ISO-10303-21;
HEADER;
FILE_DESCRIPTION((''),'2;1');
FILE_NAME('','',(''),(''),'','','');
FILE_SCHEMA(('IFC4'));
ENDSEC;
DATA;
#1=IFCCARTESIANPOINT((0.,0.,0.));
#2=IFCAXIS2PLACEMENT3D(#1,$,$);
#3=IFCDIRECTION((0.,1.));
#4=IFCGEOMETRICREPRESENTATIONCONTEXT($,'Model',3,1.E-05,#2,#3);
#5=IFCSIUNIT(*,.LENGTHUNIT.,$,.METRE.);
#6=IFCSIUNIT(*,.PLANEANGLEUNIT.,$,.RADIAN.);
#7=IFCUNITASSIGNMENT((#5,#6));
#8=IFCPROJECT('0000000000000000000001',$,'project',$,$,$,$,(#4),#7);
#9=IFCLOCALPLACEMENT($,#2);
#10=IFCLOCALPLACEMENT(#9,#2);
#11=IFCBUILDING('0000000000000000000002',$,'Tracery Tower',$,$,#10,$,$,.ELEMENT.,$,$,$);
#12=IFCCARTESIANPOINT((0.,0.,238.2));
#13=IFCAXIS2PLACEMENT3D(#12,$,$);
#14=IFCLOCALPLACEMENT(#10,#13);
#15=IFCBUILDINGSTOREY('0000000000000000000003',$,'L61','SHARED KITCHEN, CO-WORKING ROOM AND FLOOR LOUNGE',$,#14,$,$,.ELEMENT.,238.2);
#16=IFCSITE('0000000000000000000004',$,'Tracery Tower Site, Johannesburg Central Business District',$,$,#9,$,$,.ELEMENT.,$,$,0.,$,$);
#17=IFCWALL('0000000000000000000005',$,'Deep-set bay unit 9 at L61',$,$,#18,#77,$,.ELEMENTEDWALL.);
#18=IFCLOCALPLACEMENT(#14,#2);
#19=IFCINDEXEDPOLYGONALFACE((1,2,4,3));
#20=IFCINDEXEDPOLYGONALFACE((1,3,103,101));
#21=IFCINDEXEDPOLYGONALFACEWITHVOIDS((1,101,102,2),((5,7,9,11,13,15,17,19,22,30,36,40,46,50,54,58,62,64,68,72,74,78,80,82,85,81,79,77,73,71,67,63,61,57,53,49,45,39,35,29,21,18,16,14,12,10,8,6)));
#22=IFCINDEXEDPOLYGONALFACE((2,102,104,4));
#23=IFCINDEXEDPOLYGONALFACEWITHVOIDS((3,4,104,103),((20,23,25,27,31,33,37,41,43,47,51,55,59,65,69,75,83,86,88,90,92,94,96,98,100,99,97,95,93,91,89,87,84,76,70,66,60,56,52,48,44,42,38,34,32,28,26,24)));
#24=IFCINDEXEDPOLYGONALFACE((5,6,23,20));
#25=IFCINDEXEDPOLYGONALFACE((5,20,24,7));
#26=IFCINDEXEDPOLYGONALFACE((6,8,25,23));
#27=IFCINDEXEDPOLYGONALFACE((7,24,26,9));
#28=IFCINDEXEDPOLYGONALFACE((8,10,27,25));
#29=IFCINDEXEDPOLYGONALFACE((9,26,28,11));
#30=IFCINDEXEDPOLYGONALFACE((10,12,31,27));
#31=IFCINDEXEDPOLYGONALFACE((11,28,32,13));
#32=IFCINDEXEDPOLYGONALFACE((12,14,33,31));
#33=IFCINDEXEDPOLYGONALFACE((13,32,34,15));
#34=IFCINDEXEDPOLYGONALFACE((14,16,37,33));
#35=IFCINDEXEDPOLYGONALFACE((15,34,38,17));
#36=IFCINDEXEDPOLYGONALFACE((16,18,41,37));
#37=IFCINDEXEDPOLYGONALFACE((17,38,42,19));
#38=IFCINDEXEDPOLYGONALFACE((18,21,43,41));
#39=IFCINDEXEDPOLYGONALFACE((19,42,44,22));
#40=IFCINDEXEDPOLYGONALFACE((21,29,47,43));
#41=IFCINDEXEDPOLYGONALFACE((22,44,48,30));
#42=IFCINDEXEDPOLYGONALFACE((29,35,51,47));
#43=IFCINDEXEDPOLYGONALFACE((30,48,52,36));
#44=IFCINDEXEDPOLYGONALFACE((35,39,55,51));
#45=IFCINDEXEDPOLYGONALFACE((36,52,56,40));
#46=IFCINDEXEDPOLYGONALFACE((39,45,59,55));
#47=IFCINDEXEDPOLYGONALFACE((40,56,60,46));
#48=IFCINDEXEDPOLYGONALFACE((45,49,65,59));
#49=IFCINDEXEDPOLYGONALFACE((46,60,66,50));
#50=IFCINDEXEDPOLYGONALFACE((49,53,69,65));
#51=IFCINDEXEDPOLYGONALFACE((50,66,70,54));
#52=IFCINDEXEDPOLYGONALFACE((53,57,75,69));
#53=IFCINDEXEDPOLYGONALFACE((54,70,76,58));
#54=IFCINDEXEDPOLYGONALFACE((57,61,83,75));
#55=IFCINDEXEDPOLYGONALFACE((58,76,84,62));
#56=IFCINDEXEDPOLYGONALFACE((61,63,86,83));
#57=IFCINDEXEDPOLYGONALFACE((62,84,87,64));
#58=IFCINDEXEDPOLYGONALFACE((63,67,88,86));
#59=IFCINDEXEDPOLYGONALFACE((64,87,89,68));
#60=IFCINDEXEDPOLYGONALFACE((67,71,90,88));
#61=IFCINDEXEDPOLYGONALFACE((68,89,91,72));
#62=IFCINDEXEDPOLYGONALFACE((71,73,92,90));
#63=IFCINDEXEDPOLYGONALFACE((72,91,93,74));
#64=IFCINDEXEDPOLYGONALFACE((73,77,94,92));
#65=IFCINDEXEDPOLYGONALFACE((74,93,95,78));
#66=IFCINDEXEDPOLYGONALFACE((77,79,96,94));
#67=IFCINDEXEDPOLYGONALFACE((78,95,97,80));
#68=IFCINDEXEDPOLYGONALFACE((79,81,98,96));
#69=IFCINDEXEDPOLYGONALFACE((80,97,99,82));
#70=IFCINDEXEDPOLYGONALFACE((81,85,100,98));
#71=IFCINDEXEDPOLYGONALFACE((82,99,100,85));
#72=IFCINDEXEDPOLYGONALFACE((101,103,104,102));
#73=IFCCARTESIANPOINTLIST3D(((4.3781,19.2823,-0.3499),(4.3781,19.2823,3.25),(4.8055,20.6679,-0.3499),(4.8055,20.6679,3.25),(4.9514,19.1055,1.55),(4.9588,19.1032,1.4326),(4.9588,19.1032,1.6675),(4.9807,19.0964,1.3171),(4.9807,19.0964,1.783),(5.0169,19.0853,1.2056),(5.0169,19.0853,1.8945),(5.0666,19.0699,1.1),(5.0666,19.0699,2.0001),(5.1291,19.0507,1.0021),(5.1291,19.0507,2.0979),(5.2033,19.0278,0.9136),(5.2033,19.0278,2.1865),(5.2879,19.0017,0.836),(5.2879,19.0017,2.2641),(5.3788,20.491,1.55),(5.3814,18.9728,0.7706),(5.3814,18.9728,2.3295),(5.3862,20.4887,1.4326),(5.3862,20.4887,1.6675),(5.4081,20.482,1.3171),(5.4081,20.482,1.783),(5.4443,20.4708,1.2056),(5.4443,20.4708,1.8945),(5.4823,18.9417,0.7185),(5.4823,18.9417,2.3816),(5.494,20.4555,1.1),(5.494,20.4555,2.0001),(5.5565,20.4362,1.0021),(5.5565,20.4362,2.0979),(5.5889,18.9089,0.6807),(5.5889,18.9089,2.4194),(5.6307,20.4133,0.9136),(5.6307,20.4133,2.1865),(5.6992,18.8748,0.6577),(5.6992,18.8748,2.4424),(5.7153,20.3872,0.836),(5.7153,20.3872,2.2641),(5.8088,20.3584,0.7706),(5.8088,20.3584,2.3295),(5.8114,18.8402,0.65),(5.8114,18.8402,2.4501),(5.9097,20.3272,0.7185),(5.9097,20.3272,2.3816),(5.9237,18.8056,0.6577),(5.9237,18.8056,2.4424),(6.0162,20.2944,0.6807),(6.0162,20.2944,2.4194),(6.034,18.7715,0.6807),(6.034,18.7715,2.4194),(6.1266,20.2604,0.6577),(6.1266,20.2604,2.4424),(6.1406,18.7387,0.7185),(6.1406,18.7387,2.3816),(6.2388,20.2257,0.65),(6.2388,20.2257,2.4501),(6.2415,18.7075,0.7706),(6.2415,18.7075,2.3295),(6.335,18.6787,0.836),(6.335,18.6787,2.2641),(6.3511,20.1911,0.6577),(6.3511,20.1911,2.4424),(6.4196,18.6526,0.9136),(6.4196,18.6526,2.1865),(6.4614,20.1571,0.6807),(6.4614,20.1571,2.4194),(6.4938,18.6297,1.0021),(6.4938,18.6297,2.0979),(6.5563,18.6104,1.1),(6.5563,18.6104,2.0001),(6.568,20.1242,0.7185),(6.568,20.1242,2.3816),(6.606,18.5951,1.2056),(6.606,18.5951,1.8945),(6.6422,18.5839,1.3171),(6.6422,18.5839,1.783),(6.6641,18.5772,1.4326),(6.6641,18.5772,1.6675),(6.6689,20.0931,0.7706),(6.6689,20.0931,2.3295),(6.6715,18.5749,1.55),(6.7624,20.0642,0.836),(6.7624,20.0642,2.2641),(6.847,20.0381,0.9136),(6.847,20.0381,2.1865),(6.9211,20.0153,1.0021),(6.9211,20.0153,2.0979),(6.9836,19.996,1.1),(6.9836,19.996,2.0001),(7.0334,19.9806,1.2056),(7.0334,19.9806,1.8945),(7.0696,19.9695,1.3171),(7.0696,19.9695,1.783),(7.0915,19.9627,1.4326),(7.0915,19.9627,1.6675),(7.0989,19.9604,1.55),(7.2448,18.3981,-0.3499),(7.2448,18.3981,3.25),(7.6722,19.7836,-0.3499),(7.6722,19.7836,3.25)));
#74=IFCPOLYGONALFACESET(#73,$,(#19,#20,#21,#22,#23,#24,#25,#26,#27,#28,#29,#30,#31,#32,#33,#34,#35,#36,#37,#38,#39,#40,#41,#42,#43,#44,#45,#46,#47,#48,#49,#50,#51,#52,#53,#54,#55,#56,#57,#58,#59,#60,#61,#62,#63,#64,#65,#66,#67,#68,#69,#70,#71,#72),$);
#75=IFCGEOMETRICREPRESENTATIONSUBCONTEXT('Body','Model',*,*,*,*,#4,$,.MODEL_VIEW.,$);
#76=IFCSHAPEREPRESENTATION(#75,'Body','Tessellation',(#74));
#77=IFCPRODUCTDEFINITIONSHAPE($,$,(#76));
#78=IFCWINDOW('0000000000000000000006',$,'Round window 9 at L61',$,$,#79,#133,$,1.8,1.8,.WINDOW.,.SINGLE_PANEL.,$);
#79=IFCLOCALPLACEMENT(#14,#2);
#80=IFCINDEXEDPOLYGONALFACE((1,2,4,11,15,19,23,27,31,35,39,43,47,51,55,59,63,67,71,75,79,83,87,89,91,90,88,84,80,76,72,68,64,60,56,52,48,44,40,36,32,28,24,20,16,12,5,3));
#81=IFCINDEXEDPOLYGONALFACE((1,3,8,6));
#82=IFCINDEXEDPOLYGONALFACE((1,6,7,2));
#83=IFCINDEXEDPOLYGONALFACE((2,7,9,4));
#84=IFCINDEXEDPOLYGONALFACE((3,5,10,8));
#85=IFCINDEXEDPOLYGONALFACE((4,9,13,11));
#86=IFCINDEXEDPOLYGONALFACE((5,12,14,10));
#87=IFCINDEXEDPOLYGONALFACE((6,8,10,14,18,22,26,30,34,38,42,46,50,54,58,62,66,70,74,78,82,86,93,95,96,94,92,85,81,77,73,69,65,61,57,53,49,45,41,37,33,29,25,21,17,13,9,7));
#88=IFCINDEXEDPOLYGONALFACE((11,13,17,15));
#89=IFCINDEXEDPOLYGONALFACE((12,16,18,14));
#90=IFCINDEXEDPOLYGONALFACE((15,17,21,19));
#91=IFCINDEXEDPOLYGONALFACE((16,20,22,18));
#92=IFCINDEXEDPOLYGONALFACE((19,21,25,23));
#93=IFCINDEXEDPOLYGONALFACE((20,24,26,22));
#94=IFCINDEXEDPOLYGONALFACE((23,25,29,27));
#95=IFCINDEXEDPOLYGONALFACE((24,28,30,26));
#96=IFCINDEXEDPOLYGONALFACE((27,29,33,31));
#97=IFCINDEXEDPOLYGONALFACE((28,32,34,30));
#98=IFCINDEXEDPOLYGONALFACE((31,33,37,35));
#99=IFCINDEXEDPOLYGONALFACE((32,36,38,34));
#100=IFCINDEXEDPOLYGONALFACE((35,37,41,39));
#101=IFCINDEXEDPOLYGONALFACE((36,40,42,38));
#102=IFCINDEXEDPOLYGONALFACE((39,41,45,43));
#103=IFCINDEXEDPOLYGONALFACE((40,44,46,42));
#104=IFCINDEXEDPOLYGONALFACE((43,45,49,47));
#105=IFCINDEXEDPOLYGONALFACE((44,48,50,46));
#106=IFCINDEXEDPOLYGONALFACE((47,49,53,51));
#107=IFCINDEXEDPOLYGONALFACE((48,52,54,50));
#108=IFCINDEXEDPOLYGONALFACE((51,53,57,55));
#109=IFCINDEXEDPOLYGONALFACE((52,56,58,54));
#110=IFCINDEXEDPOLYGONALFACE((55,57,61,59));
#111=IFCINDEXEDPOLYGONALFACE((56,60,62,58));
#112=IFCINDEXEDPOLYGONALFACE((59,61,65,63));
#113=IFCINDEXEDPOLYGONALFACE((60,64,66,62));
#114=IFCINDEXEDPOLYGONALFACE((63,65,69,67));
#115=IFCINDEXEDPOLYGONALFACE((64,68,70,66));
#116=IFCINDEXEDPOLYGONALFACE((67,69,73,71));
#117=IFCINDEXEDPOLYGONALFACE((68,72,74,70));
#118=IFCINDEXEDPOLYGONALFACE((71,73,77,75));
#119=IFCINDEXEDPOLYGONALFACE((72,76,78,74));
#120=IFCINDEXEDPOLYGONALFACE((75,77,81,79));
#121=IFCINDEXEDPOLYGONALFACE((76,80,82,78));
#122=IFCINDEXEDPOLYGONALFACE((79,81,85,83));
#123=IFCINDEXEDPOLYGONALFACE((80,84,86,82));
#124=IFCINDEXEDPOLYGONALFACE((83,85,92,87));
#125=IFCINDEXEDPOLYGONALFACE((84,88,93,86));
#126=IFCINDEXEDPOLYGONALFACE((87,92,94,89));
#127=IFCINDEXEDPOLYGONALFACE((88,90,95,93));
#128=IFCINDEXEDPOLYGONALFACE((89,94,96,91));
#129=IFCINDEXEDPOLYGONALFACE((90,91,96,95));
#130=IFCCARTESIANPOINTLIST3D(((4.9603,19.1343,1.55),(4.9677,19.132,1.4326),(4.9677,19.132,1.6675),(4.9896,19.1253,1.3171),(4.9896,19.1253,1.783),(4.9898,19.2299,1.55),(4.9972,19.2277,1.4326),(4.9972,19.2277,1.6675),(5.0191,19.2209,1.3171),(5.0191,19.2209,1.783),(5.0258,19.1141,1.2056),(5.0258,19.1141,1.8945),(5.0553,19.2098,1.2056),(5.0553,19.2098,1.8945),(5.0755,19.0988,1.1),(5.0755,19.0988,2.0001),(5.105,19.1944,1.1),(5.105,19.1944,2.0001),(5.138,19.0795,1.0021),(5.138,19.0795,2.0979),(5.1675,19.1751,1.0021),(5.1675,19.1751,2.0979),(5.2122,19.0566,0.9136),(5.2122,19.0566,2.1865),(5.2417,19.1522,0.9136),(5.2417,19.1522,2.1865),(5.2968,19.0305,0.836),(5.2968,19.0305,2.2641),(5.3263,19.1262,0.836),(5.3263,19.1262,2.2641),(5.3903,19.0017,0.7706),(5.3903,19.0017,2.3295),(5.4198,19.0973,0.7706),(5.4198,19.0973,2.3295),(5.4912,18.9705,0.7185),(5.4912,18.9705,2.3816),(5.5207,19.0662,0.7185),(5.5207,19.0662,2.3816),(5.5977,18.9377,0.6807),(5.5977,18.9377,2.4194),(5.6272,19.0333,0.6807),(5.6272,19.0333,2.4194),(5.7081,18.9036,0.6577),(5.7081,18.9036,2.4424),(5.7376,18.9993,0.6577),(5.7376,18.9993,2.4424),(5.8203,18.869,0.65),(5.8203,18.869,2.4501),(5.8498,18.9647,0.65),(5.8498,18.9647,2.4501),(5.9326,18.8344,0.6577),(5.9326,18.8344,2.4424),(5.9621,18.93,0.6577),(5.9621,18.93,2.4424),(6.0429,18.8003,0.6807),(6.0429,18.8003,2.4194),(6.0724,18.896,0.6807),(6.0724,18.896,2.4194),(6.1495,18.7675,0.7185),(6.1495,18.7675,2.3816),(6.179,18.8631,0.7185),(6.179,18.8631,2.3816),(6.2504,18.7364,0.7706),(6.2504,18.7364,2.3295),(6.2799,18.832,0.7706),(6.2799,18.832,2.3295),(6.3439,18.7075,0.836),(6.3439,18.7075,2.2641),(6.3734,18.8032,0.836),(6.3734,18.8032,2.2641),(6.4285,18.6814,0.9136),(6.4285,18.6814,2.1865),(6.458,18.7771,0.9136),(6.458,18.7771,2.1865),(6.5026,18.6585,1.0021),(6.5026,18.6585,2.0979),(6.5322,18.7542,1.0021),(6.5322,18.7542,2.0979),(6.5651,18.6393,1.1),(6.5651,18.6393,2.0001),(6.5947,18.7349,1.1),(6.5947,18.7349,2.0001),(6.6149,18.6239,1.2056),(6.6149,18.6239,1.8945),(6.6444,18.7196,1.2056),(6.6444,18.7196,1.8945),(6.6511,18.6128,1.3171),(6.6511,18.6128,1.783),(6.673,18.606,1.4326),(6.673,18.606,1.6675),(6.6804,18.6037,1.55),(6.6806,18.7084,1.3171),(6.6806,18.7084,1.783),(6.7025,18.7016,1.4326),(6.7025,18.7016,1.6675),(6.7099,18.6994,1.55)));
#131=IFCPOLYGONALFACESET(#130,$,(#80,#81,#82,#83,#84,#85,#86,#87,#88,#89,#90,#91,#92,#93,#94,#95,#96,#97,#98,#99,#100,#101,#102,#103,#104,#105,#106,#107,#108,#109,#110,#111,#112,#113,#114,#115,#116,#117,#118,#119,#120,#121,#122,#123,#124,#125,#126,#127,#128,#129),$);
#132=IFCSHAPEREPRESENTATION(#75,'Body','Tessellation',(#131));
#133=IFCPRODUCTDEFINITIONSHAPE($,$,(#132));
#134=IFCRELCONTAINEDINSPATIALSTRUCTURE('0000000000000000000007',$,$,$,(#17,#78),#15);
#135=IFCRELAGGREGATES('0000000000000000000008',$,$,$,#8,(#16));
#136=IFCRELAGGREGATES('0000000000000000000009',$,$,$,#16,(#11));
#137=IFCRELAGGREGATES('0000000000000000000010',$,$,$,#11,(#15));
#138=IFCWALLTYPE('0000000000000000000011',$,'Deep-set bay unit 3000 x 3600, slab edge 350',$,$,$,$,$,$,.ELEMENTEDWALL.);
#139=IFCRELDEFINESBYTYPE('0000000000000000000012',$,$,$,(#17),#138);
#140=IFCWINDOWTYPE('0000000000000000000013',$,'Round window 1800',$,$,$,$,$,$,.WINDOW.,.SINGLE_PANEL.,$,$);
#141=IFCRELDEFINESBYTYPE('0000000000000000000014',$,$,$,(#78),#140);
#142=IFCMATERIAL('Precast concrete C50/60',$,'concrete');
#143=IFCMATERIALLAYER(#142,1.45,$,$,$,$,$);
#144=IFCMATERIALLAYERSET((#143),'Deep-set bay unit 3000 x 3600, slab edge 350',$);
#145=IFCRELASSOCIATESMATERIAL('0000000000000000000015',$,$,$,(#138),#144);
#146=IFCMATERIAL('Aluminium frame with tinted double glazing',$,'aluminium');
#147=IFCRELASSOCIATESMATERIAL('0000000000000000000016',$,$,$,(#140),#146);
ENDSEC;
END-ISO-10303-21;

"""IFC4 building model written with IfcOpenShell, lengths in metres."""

from ifc_helpers import new_model, si_unit, direction, frame, frame_2d, origin, origin_2d, place, context, subcontext, project, spatial, rectangle, circle, extrude, material, layer, layer_set, type_object, element, fill, save


model = new_model("IFC4")

# Units and contexts
model_context = context("Model", 3, precision=1e-05, world=origin(), true_north=direction((0.0, 1.0)))
body_context = subcontext(model_context, "Body", "Model", "MODEL_VIEW")
ifc_project = project(units=[si_unit("LENGTHUNIT", "METRE"), si_unit("PLANEANGLEUNIT", "RADIAN")], contexts=[model_context])

# Site, building, storey
site_placement = place(None, origin())
site = spatial("IfcSite", under=ifc_project, at=site_placement, Name="Tracery Tower Site, Johannesburg Central Business District", CompositionType="ELEMENT", RefElevation=0.0)
building_placement = place(site_placement, origin())
building = spatial("IfcBuilding", under=site, at=building_placement, Name="Tracery Tower", CompositionType="ELEMENT")
storey_placement = place(building_placement, frame((0.0, 0.0, 238.2)))
storey = spatial("IfcBuildingStorey", under=building, at=storey_placement, Name="L61", Description="SHARED KITCHEN, CO-WORKING ROOM AND FLOOR LOUNGE", CompositionType="ELEMENT", Elevation=238.2)

# Wall, opening, window
ifc_material_1 = material(Name="Precast concrete C50/60", Category="concrete")
ifc_layer_1 = layer(ifc_material_1, 1.45)
ifc_layer_set_1 = layer_set([ifc_layer_1], Name="Deep-set bay unit 3000 x 3600, slab edge 350")
wall_type_1 = type_object("IfcWallType", Name="Deep-set bay unit 3000 x 3600, slab edge 350", PredefinedType="ELEMENTEDWALL", material=ifc_layer_set_1)
wall_1_placement = place(storey_placement, frame((7.4585, 19.0908, -0.3499), z_axis=(0.0, 0.0, 1.0), x_axis=(-0.955571, 0.294761, 0.0)))
wall_1 = element("IfcWall", 1, at=wall_1_placement, inside=storey, type_object=wall_type_1, Name="Deep-set bay unit 9 at L61", PredefinedType="ELEMENTEDWALL", context=body_context, shape_type="SweptSolid", body=[
    extrude(rectangle(XDim=3.0, YDim=1.45, at=frame_2d((1.5, 0.0))), origin(), (0.0, 0.0, 1.0), 3.5999),
])
opening_1_placement = place(wall_1_placement, frame((1.5, 0.0, 1.8999)))
opening_1 = element("IfcOpeningElement", 2, at=opening_1_placement, cuts=wall_1, PredefinedType="OPENING", context=body_context, shape_type="SweptSolid", body=[
    extrude(circle(Radius=0.9, at=origin_2d()), frame((0.0, 0.7349, 0.0), z_axis=(0.0, -1.0, 0.0), x_axis=(1.0, 0.0, 0.0)), (0.0, 0.0, 1.0), 1.47),
])
ifc_material_2 = material(Name="Aluminium frame with tinted double glazing", Category="aluminium")
window_type = type_object("IfcWindowType", Name="Round window 1800", PartitioningType="SINGLE_PANEL", PredefinedType="WINDOW", material=ifc_material_2)
window_1_placement = place(opening_1_placement, origin())
window_1 = element("IfcWindow", 3, at=window_1_placement, inside=storey, type_object=window_type, Name="Round window 9 at L61", OverallHeight=1.8, OverallWidth=1.8, PartitioningType="SINGLE_PANEL", PredefinedType="WINDOW", context=body_context, shape_type="SweptSolid", body=[
    extrude(circle(Radius=0.9, at=origin_2d()), frame((0.0, 0.6948, 0.0), z_axis=(0.0, -1.0, 0.0), x_axis=(1.0, 0.0, 0.0)), (0.0, 0.0, 1.0), 0.1001),
])
fill(opening_1, window_1)

save(model, "model.ifc")
